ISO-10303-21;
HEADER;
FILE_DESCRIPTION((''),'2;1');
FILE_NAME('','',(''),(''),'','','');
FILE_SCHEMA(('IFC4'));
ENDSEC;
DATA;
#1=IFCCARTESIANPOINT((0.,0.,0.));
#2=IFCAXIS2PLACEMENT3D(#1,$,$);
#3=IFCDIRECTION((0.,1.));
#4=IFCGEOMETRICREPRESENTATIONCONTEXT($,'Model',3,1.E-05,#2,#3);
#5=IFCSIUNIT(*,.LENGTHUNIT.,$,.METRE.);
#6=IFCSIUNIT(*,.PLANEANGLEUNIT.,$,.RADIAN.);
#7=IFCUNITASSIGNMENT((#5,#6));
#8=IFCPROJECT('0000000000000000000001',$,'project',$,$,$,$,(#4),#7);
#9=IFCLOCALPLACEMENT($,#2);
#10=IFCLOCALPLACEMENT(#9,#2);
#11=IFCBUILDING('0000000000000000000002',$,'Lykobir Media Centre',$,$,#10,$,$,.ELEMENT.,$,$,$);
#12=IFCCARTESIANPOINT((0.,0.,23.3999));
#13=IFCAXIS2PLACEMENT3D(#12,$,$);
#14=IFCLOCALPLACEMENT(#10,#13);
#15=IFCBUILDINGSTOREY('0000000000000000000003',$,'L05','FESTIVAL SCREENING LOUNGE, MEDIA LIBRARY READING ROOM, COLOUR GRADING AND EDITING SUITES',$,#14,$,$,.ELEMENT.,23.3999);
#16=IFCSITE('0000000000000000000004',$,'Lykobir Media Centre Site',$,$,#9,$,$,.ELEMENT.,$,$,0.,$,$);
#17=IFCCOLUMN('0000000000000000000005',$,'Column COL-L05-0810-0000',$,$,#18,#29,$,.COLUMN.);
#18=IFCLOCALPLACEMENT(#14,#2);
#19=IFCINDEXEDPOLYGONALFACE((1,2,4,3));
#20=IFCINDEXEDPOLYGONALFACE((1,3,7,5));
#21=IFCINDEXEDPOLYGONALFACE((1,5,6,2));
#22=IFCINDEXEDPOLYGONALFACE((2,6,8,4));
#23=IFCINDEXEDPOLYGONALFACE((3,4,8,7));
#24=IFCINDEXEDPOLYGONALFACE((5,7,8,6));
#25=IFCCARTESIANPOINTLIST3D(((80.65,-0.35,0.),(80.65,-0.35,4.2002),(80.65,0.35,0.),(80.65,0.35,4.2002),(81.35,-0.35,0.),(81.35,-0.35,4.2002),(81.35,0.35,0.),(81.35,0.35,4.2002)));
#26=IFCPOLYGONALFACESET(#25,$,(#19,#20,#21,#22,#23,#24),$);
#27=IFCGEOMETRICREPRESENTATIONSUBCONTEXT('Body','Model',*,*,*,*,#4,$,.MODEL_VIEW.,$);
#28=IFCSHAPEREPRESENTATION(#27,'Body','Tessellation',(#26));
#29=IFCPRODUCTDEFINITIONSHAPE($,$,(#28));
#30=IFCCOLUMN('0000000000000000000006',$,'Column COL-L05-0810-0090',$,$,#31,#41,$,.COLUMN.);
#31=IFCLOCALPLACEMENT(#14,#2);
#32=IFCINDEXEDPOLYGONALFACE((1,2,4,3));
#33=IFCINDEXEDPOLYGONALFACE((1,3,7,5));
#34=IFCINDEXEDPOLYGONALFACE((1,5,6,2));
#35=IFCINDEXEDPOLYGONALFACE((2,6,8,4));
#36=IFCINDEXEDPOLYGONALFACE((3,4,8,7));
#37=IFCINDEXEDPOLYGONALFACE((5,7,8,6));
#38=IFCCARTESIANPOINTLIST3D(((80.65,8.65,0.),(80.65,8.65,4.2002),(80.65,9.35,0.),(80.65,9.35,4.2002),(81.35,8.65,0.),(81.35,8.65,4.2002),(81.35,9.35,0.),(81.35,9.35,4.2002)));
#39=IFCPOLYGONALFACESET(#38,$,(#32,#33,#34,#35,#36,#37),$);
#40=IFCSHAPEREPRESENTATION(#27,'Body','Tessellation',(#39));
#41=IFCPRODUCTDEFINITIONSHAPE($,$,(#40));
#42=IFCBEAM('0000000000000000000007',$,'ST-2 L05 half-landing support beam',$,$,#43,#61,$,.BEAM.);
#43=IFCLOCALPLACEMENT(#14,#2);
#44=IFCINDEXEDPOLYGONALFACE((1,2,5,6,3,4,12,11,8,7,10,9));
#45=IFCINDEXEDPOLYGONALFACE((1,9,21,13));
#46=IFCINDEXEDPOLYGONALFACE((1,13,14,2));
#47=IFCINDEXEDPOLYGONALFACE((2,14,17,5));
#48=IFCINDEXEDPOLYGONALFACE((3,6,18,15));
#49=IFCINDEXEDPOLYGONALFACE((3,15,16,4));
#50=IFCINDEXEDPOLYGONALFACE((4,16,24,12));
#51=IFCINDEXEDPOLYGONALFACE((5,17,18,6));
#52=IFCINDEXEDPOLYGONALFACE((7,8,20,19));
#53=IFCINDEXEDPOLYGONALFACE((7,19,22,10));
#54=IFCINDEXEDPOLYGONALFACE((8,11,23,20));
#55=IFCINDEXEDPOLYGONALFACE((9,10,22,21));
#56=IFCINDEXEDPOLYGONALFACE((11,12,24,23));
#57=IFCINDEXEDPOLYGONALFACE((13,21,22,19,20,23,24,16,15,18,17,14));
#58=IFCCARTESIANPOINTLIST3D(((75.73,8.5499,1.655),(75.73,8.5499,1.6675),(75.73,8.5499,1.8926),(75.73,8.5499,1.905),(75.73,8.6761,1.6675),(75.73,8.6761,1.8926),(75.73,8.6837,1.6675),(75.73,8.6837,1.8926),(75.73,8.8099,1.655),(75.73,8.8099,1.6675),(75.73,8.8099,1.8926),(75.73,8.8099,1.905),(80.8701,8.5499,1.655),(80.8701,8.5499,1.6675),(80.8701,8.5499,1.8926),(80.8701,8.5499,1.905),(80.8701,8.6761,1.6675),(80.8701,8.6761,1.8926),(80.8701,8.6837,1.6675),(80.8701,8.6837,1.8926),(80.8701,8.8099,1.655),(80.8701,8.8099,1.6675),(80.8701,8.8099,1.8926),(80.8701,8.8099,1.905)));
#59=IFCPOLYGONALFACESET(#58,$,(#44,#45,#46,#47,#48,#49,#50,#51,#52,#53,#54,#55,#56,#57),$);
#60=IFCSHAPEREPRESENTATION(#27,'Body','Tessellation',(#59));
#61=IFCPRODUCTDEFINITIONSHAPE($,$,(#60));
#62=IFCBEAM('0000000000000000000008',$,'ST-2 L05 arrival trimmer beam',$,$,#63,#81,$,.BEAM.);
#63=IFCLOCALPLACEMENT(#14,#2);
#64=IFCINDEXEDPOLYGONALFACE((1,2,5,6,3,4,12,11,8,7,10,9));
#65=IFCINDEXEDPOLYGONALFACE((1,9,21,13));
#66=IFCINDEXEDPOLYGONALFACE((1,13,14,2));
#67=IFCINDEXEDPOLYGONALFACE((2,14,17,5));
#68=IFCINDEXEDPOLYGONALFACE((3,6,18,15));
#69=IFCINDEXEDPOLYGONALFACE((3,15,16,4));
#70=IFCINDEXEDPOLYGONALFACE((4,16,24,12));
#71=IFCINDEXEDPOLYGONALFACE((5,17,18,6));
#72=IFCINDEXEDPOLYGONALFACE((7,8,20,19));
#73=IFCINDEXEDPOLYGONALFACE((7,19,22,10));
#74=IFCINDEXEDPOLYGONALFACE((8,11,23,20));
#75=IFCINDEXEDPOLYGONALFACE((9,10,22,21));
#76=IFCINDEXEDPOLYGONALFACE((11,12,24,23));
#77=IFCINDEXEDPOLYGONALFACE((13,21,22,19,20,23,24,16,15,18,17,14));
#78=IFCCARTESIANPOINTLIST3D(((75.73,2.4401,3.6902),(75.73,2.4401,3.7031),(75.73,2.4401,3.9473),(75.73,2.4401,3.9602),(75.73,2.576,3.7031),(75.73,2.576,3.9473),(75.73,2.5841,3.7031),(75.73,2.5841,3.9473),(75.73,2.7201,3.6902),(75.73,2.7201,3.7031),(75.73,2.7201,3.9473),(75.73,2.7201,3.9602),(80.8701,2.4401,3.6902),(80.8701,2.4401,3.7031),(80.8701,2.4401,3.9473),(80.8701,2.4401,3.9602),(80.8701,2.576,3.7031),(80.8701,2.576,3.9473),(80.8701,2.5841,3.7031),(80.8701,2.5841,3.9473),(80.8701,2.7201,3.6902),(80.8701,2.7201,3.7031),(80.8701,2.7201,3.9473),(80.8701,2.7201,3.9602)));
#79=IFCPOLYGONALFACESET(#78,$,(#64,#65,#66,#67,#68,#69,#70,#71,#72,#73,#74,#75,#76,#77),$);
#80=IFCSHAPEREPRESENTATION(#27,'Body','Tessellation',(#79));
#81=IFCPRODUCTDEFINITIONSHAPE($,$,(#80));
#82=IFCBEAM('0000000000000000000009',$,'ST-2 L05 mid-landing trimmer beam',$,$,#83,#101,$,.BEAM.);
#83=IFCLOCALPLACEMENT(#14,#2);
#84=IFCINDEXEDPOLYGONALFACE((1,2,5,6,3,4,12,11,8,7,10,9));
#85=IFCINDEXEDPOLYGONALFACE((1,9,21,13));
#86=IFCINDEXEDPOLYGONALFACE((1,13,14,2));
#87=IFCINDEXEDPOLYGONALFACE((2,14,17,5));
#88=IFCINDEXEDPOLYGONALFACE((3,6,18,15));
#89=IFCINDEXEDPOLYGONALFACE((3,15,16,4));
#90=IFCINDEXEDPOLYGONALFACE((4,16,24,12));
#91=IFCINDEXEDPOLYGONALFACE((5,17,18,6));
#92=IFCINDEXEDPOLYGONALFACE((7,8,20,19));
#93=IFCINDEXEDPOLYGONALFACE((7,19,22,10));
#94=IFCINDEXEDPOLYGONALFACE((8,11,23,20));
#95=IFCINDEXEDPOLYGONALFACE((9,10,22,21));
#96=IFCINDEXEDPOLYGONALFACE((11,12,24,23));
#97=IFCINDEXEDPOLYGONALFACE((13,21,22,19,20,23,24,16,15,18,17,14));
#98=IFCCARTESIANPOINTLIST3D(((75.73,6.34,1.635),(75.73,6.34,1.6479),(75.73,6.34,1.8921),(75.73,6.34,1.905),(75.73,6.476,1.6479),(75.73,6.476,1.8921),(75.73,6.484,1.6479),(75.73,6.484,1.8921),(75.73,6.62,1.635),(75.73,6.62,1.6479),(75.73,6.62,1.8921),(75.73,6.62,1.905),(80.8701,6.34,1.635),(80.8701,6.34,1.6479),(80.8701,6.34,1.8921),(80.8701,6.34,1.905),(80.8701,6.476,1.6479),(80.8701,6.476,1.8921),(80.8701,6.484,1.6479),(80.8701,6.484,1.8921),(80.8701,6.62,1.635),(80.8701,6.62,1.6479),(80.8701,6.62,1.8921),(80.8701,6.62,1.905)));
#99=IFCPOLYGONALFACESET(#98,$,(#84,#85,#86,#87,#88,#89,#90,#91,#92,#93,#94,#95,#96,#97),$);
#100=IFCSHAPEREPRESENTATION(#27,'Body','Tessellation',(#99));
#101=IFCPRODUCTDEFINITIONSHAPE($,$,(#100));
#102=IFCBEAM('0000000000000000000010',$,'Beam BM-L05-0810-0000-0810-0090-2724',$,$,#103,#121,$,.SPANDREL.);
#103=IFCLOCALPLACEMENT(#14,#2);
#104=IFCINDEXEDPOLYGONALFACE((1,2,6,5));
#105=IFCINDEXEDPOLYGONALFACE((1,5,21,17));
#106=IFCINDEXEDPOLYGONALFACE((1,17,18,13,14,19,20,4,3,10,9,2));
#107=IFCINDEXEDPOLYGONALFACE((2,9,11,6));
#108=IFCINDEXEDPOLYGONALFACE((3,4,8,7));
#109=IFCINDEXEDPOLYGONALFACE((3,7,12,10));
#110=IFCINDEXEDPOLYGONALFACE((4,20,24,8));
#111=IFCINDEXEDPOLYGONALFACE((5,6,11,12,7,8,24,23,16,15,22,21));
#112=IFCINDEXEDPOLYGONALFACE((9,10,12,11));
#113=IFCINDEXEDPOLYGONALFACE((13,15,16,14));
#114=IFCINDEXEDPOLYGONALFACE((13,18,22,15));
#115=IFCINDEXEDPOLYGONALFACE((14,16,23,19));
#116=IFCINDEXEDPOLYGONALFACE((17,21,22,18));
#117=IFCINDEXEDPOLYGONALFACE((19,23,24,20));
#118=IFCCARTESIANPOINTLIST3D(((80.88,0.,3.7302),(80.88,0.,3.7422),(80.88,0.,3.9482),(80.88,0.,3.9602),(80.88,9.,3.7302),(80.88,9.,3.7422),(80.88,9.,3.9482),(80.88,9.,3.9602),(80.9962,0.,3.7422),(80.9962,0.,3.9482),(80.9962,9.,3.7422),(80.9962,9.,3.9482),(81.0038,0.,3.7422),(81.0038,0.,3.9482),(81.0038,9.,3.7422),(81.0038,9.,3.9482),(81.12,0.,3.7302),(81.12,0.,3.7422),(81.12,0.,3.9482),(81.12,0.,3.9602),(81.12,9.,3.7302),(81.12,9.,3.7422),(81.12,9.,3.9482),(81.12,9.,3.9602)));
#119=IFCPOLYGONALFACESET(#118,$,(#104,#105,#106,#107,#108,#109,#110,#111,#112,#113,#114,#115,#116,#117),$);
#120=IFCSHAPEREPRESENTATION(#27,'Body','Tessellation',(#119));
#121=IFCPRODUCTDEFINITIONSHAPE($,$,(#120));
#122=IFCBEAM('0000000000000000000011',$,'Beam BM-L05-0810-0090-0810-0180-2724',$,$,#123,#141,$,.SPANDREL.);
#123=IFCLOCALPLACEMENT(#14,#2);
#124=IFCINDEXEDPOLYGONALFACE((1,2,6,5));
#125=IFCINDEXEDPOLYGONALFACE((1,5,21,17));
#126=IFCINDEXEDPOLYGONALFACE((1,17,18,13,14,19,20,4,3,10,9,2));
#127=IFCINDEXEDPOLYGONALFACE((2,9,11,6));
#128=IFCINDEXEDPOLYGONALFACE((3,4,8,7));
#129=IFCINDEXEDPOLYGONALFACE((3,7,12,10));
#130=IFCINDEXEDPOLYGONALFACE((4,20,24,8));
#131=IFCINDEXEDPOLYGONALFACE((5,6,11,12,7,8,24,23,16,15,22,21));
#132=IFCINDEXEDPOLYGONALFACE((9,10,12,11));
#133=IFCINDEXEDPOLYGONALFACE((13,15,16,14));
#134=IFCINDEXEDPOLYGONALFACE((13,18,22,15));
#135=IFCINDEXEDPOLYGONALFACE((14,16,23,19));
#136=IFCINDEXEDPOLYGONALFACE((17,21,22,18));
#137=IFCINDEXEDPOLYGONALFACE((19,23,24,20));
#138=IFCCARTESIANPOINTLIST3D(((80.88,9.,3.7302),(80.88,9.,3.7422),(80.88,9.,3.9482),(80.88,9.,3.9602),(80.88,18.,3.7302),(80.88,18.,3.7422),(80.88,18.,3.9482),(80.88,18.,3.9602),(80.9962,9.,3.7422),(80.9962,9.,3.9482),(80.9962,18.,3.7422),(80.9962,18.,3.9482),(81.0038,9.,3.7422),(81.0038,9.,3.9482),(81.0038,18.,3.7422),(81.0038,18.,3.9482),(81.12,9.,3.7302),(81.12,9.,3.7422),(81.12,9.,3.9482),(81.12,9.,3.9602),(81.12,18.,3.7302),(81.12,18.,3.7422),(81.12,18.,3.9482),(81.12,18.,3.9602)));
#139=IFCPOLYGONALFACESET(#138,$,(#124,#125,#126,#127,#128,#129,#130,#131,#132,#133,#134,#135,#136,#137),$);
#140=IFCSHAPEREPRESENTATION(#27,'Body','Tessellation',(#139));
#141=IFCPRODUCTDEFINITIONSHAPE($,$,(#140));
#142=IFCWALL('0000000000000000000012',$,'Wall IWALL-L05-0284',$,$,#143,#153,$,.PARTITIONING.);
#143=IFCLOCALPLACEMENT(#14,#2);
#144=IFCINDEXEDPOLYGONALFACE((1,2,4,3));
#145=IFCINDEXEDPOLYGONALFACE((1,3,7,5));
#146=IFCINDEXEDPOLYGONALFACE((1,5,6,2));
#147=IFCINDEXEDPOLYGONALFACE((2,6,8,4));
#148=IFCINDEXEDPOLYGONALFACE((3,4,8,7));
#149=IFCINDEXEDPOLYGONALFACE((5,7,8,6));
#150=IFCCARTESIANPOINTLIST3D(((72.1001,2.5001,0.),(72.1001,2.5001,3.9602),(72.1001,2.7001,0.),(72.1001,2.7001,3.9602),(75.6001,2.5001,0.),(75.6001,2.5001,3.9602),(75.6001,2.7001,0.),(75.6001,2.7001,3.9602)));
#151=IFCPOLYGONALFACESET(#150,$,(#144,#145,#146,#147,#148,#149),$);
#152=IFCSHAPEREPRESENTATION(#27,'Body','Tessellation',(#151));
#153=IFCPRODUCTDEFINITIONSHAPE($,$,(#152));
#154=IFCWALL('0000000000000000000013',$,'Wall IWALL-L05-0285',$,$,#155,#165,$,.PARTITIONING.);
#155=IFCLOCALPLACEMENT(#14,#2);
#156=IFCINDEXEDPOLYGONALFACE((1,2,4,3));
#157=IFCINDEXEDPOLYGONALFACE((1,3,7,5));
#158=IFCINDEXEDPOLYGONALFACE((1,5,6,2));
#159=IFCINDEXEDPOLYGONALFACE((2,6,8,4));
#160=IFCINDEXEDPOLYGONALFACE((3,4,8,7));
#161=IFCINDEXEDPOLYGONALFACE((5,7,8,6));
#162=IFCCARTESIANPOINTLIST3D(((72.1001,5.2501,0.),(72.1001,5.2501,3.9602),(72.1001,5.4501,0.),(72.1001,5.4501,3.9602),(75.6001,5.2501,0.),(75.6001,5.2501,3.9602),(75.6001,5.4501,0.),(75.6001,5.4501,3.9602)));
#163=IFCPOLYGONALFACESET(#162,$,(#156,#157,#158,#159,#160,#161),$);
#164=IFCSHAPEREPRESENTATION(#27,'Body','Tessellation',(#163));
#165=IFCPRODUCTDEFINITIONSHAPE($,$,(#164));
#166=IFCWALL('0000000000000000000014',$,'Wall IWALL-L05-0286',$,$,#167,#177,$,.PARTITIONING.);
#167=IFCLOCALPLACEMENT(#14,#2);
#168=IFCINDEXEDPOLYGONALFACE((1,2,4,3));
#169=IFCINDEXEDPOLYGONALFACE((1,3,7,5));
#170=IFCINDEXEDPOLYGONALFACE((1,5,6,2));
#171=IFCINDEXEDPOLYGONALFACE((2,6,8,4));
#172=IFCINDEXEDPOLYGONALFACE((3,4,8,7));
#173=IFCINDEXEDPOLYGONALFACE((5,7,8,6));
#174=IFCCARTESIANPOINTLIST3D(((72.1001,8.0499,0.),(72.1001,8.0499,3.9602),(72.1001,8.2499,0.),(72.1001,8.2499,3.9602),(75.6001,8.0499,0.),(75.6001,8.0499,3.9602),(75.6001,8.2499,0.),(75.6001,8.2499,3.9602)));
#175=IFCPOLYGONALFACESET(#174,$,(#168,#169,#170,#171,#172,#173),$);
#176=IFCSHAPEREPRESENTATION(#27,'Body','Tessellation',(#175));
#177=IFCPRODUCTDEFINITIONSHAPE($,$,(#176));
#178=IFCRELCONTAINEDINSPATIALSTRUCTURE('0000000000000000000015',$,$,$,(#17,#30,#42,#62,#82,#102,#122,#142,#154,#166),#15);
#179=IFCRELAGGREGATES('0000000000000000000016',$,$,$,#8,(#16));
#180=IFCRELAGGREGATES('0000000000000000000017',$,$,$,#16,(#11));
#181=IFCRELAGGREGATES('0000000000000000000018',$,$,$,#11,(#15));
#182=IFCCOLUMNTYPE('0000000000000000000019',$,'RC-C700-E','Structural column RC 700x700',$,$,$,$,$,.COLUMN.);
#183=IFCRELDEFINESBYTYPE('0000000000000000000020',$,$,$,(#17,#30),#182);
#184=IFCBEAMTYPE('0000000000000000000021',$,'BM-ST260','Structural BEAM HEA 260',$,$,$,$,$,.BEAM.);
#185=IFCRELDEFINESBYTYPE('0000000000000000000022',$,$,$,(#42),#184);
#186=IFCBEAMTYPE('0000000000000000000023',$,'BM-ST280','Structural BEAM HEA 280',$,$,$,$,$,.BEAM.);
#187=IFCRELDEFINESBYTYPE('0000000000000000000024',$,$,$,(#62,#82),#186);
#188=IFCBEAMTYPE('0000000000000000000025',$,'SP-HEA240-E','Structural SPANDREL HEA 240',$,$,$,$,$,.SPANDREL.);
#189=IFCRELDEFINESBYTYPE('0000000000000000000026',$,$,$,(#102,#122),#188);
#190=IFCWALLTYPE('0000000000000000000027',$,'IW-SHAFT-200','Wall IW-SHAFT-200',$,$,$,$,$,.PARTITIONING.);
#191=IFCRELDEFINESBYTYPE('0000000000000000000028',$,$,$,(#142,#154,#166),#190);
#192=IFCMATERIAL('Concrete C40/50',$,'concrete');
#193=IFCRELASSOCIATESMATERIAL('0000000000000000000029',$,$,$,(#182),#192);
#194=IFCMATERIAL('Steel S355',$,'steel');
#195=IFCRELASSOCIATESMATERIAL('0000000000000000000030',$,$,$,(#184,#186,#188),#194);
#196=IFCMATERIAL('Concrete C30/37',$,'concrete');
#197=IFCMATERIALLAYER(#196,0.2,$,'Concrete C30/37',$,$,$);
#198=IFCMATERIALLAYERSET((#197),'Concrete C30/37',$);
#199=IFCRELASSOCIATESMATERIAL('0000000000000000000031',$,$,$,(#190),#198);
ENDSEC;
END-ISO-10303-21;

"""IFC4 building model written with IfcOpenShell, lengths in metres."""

from ifc_helpers import new_model, si_unit, direction, frame, frame_2d, origin, origin_2d, place, context, subcontext, project, spatial, rectangle, i_section, extrude, material, layer, layer_set, material_profile, profile_set, type_object, element, save


model = new_model("IFC4")

# Units and contexts
model_context = context("Model", 3, precision=1e-05, world=origin(), true_north=direction((0.0, 1.0)))
body_context = subcontext(model_context, "Body", "Model", "MODEL_VIEW")
ifc_project = project(units=[si_unit("LENGTHUNIT", "METRE"), si_unit("PLANEANGLEUNIT", "RADIAN")], contexts=[model_context])

# Site, building, storey
site_placement = place(None, origin())
site = spatial("IfcSite", under=ifc_project, at=site_placement, Name="Lykobir Media Centre Site", CompositionType="ELEMENT", RefElevation=0.0)
building_placement = place(site_placement, origin())
building = spatial("IfcBuilding", under=site, at=building_placement, Name="Lykobir Media Centre", CompositionType="ELEMENT")
storey_placement = place(building_placement, frame((0.0, 0.0, 23.3999)))
storey = spatial("IfcBuildingStorey", under=building, at=storey_placement, Name="L05", Description="FESTIVAL SCREENING LOUNGE, MEDIA LIBRARY READING ROOM, COLOUR GRADING AND EDITING SUITES", CompositionType="ELEMENT", Elevation=23.3999)

# Columns
ifc_material_1 = material(Name="Concrete C40/50", Category="concrete")
ifc_material_profile_1 = material_profile(ifc_material_1, rectangle(XDim=0.7, YDim=0.7, at=origin_2d()), Name="RC 700x700")
ifc_profile_set_1 = profile_set([ifc_material_profile_1], Name="Concrete C40/50")
column_type = type_object("IfcColumnType", Name="RC-C700-E", Description="Structural column RC 700x700", PredefinedType="COLUMN", material=ifc_profile_set_1)
for number, where, z_axis, x_axis, name in (
    (1, (81.0, 0.0, 0.0), (0.0, 0.0, 1.0), (1.0, 0.0, 0.0), "Column COL-L05-0810-0000"),
    (2, (81.0, 9.0, 0.0), (0.0, 0.0, 1.0), (1.0, 0.0, 0.0), "Column COL-L05-0810-0090"),
):
    element("IfcColumn", number, at=place(storey_placement, frame(where, z_axis=z_axis, x_axis=x_axis)), inside=storey, type_object=column_type, Name=name, PredefinedType="COLUMN", context=body_context, shape_type="SweptSolid", body=[
        extrude(rectangle(XDim=0.7, YDim=0.7, at=origin_2d()), origin(), (0.0, 0.0, 1.0), 4.2002),
    ])

# Beams
ifc_material_2 = material(Name="Steel S355", Category="steel")
ifc_material_profile_2 = material_profile(ifc_material_2, i_section(OverallWidth=0.26, OverallDepth=0.25, WebThickness=0.0076, FlangeThickness=0.0125, at=origin_2d()), Name="HEA 260")
ifc_profile_set_2 = profile_set([ifc_material_profile_2], Name="Steel S355")
beam_type_1 = type_object("IfcBeamType", Name="BM-ST260", Description="Structural BEAM HEA 260", PredefinedType="BEAM", material=ifc_profile_set_2)
beam_placement = place(storey_placement, frame((75.73, 8.6799, 1.78), z_axis=(1.0, 0.0, 0.0), x_axis=(0.0, 1.0, 0.0)))
element("IfcBeam", 3, at=beam_placement, inside=storey, type_object=beam_type_1, Name="ST-2 L05 half-landing support beam", PredefinedType="BEAM", context=body_context, shape_type="SweptSolid", body=[
    extrude(i_section(OverallWidth=0.26, OverallDepth=0.25, WebThickness=0.0076, FlangeThickness=0.0125, at=origin_2d()), origin(), (0.0, 0.0, 1.0), 5.1401),
])
ifc_material_profile_3 = material_profile(ifc_material_2, i_section(OverallWidth=0.28, OverallDepth=0.27, WebThickness=0.0081, FlangeThickness=0.0129, at=origin_2d()), Name="HEA 280")
ifc_profile_set_3 = profile_set([ifc_material_profile_3], Name="Steel S355")
beam_type_2 = type_object("IfcBeamType", Name="BM-ST280", Description="Structural BEAM HEA 280", PredefinedType="BEAM", material=ifc_profile_set_3)
for number, where, z_axis, x_axis, name in (
    (4, (75.73, 2.5801, 3.8252), (1.0, 0.0, 0.0), (0.0, 1.0, 0.0), "ST-2 L05 arrival trimmer beam"),
    (5, (75.73, 6.48, 1.77), (1.0, 0.0, 0.0), (0.0, 1.0, 0.0), "ST-2 L05 mid-landing trimmer beam"),
):
    element("IfcBeam", number, at=place(storey_placement, frame(where, z_axis=z_axis, x_axis=x_axis)), inside=storey, type_object=beam_type_2, Name=name, PredefinedType="BEAM", context=body_context, shape_type="SweptSolid", body=[
        extrude(i_section(OverallWidth=0.28, OverallDepth=0.27, WebThickness=0.0081, FlangeThickness=0.0129, at=origin_2d()), origin(), (0.0, 0.0, 1.0), 5.1401),
    ])
ifc_material_profile_4 = material_profile(ifc_material_2, i_section(OverallWidth=0.24, OverallDepth=0.23, WebThickness=0.0076, FlangeThickness=0.012, at=origin_2d()), Name="HEA 240")
ifc_profile_set_4 = profile_set([ifc_material_profile_4], Name="Steel S355")
beam_type_3 = type_object("IfcBeamType", Name="SP-HEA240-E", Description="Structural SPANDREL HEA 240", PredefinedType="SPANDREL", material=ifc_profile_set_4)
for number, where, z_axis, x_axis, name in (
    (6, (81.0, 0.0, 3.8452), (0.0, 1.0, 0.0), (-1.0, 0.0, 0.0), "Beam BM-L05-0810-0000-0810-0090-2724"),
    (7, (81.0, 9.0, 3.8452), (0.0, 1.0, 0.0), (-1.0, 0.0, 0.0), "Beam BM-L05-0810-0090-0810-0180-2724"),
):
    element("IfcBeam", number, at=place(storey_placement, frame(where, z_axis=z_axis, x_axis=x_axis)), inside=storey, type_object=beam_type_3, Name=name, PredefinedType="SPANDREL", context=body_context, shape_type="SweptSolid", body=[
        extrude(i_section(OverallWidth=0.24, OverallDepth=0.23, WebThickness=0.0076, FlangeThickness=0.012, at=origin_2d()), origin(), (0.0, 0.0, 1.0), 9.0),
    ])

# Walls
ifc_material_3 = material(Name="Concrete C30/37", Category="concrete")
ifc_layer_1 = layer(ifc_material_3, 0.2, Name="Concrete C30/37")
ifc_layer_set_1 = layer_set([ifc_layer_1], Name="Concrete C30/37")
wall_type_1 = type_object("IfcWallType", Name="IW-SHAFT-200", Description="Wall IW-SHAFT-200", PredefinedType="PARTITIONING", material=ifc_layer_set_1)
for number, where, z_axis, x_axis, name in (
    (8, (72.1001, 2.6001, 0.0), (0.0, 0.0, 1.0), (1.0, 0.0, 0.0), "Wall IWALL-L05-0284"),
    (9, (72.1001, 5.3501, 0.0), (0.0, 0.0, 1.0), (1.0, 0.0, 0.0), "Wall IWALL-L05-0285"),
    (10, (72.1001, 8.1499, 0.0), (0.0, 0.0, 1.0), (1.0, 0.0, 0.0), "Wall IWALL-L05-0286"),
):
    element("IfcWall", number, at=place(storey_placement, frame(where, z_axis=z_axis, x_axis=x_axis)), inside=storey, type_object=wall_type_1, Name=name, PredefinedType="PARTITIONING", context=body_context, shape_type="SweptSolid", body=[
        extrude(rectangle(XDim=3.5, YDim=0.2, at=frame_2d((1.75, 0.0))), origin(), (0.0, 0.0, 1.0), 3.9602),
    ])

save(model, "model.ifc")
